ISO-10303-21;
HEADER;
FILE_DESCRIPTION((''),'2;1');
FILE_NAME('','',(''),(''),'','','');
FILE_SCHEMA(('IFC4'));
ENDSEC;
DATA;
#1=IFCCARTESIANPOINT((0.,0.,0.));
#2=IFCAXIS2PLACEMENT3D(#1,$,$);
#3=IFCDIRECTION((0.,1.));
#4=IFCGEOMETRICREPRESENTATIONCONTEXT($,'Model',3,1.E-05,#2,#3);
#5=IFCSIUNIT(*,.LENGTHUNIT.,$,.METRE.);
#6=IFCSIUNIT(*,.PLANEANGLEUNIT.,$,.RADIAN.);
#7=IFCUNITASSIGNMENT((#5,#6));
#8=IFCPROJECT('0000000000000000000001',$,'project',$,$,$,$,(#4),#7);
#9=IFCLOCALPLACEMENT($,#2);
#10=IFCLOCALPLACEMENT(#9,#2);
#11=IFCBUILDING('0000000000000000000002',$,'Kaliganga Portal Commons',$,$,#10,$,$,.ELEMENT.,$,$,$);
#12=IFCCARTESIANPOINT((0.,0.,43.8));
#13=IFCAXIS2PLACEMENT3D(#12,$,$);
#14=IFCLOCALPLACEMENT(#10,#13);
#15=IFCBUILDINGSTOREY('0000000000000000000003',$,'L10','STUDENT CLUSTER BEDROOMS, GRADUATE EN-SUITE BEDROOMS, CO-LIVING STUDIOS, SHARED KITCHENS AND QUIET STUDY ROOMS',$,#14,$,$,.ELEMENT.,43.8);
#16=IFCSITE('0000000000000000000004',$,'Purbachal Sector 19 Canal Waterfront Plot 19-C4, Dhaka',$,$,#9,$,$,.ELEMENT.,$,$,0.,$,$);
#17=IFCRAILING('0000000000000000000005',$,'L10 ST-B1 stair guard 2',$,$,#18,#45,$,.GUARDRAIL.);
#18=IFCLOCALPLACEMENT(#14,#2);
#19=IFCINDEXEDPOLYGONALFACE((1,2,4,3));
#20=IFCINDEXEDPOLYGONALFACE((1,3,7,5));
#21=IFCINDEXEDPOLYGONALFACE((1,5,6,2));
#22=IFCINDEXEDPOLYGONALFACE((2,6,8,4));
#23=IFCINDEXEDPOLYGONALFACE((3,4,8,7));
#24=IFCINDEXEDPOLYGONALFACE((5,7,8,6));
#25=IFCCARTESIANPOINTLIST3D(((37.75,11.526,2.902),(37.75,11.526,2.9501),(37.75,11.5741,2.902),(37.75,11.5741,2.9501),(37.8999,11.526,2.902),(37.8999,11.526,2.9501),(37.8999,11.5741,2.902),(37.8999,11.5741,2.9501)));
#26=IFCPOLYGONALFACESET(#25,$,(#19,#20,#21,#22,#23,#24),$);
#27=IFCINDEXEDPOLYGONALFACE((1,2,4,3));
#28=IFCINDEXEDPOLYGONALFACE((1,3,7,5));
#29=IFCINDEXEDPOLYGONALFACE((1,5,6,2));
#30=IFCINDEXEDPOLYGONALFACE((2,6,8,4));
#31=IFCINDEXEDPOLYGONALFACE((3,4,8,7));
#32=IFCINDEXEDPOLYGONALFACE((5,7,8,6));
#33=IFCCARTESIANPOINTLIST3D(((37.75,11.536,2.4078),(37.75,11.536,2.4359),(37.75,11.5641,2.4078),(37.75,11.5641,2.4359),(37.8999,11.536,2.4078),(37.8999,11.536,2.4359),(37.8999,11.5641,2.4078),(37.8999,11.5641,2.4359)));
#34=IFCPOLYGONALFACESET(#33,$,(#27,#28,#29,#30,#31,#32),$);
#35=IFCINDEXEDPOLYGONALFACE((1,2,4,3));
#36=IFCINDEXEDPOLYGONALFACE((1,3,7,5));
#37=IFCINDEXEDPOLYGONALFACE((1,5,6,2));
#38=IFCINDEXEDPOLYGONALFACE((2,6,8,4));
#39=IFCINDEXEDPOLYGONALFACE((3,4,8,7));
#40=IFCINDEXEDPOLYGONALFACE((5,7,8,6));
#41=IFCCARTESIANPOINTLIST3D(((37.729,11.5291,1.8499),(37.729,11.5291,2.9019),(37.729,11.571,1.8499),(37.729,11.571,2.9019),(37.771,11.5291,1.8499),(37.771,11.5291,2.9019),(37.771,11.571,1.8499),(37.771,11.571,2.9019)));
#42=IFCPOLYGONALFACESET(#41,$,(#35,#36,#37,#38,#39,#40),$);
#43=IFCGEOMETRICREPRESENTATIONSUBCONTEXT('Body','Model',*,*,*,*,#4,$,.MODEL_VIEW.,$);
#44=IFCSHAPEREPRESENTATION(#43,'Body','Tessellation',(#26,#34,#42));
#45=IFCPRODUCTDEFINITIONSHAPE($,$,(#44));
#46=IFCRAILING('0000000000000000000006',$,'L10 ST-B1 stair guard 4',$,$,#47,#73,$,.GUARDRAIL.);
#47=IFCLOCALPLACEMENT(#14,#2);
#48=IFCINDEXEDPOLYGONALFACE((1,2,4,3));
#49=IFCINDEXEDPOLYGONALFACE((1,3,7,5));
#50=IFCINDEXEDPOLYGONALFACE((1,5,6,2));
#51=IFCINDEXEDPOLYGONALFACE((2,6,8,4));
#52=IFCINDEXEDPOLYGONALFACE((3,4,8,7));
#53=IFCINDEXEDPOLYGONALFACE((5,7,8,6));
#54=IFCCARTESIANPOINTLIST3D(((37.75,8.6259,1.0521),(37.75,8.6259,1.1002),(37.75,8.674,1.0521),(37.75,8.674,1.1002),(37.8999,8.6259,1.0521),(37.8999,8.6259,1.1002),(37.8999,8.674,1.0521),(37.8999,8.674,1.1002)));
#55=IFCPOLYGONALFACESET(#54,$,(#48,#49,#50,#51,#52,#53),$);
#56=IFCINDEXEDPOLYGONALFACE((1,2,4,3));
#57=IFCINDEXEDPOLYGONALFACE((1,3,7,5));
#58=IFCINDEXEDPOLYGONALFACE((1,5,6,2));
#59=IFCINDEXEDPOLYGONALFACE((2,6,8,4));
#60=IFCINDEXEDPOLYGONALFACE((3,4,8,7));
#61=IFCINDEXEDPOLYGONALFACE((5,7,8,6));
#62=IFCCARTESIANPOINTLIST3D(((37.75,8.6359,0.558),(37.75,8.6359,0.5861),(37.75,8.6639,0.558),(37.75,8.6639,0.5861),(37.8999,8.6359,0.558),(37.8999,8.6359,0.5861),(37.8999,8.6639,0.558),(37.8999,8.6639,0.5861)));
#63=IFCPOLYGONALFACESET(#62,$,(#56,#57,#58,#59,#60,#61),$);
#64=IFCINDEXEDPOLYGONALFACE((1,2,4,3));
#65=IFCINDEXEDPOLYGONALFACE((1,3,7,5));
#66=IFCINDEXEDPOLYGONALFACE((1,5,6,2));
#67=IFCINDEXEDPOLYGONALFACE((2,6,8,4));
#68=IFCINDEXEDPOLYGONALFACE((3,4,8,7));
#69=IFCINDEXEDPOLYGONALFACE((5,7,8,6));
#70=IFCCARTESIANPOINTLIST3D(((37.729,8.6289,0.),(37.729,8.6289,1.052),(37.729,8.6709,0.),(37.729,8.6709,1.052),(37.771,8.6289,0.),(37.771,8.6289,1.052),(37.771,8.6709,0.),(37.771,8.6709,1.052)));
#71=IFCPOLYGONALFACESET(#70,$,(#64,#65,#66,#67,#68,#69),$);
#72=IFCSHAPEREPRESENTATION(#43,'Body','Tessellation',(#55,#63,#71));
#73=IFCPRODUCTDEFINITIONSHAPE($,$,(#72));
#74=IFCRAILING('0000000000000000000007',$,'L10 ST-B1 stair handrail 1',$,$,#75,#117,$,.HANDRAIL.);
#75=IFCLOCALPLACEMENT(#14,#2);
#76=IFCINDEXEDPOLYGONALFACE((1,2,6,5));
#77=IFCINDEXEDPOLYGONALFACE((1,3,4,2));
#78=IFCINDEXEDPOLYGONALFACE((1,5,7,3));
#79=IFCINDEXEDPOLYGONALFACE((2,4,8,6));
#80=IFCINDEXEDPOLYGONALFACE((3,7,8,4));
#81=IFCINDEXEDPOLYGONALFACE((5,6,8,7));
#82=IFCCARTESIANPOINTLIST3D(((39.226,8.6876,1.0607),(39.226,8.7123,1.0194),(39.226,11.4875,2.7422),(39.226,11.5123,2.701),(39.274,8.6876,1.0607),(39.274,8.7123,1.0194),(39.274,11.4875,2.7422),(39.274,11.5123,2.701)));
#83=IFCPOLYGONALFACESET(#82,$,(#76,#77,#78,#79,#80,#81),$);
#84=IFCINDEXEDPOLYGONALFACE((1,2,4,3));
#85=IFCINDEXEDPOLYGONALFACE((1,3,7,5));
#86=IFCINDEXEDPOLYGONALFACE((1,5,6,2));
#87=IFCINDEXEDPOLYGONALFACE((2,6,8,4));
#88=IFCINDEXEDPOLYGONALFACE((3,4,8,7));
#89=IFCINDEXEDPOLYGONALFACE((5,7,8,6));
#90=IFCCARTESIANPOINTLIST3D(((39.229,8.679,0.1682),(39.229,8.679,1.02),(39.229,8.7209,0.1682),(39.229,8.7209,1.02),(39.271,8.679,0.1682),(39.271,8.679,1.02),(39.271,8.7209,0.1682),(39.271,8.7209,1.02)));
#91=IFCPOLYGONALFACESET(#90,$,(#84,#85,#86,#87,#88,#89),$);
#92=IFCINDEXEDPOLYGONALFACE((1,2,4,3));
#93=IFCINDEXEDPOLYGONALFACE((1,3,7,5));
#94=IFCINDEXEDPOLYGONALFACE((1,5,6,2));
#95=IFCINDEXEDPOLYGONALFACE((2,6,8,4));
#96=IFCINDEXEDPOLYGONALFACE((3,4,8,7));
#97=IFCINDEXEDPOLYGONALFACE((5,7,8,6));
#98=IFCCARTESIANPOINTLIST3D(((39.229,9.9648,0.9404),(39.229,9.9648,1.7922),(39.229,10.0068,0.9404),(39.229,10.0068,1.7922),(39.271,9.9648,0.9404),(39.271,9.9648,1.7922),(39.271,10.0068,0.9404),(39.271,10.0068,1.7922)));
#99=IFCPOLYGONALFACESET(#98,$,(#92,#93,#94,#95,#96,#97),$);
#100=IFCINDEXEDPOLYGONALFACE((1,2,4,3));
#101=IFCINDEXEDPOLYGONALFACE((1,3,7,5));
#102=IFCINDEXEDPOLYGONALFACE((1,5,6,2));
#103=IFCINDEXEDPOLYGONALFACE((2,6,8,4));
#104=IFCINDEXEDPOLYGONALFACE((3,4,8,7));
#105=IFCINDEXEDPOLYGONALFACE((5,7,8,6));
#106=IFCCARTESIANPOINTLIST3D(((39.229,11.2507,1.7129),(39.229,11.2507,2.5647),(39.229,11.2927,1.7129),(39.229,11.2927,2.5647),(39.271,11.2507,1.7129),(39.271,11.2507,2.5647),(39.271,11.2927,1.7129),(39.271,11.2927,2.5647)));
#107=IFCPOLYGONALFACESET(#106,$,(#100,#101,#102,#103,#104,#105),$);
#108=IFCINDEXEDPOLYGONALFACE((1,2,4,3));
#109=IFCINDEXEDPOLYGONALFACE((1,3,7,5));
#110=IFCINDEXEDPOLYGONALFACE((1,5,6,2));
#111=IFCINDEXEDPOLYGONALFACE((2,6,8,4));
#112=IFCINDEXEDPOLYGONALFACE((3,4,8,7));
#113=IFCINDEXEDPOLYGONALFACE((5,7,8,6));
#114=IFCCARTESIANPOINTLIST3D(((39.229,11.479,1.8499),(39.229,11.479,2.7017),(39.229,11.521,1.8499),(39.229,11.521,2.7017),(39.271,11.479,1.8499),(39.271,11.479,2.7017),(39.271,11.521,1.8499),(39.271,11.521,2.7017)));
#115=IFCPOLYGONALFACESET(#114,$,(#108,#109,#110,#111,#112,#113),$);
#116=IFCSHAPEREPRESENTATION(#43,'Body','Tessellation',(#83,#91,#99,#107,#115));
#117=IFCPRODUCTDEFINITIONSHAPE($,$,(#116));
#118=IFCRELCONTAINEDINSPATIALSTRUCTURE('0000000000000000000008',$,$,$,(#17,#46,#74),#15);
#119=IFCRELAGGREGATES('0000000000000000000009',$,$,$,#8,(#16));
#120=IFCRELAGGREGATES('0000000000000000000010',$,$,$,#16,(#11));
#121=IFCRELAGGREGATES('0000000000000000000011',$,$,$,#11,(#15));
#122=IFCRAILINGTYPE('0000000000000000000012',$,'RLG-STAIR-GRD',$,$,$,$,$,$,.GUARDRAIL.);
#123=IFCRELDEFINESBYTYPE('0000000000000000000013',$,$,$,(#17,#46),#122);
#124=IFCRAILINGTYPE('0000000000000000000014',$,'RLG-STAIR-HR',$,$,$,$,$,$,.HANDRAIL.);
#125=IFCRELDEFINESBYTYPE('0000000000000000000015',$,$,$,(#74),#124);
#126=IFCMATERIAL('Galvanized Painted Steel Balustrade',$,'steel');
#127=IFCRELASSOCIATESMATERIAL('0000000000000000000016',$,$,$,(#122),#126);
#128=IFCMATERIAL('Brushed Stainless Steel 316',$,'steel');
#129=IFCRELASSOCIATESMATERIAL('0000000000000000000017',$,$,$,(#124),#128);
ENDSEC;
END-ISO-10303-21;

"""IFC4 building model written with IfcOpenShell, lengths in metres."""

from ifc_helpers import new_model, si_unit, direction, frame, origin, origin_2d, place, context, subcontext, project, spatial, rectangle, extrude, material, type_object, element, save


model = new_model("IFC4")

# Units and contexts
model_context = context("Model", 3, precision=1e-05, world=origin(), true_north=direction((0.0, 1.0)))
body_context = subcontext(model_context, "Body", "Model", "MODEL_VIEW")
ifc_project = project(units=[si_unit("LENGTHUNIT", "METRE"), si_unit("PLANEANGLEUNIT", "RADIAN")], contexts=[model_context])

# Site, building, storey
site_placement = place(None, origin())
site = spatial("IfcSite", under=ifc_project, at=site_placement, Name="Purbachal Sector 19 Canal Waterfront Plot 19-C4, Dhaka", CompositionType="ELEMENT", RefElevation=0.0)
building_placement = place(site_placement, origin())
building = spatial("IfcBuilding", under=site, at=building_placement, Name="Kaliganga Portal Commons", CompositionType="ELEMENT")
storey_placement = place(building_placement, frame((0.0, 0.0, 43.8)))
storey = spatial("IfcBuildingStorey", under=building, at=storey_placement, Name="L10", Description="STUDENT CLUSTER BEDROOMS, GRADUATE EN-SUITE BEDROOMS, CO-LIVING STUDIOS, SHARED KITCHENS AND QUIET STUDY ROOMS", CompositionType="ELEMENT", Elevation=43.8)

# Railings
ifc_material_1 = material(Name="Galvanized Painted Steel Balustrade", Category="steel")
railing_type_1 = type_object("IfcRailingType", Name="RLG-STAIR-GRD", PredefinedType="GUARDRAIL", material=ifc_material_1)
for number, where, name in (
    (1, (37.8999, 11.55, 1.8499), "L10 ST-B1 stair guard 2"),
    (2, (37.8999, 8.6499, 0.0), "L10 ST-B1 stair guard 4"),
):
    element("IfcRailing", number, at=place(storey_placement, frame(where)), inside=storey, type_object=railing_type_1, Name=name, PredefinedType="GUARDRAIL", context=body_context, shape_type="SweptSolid", body=[
        extrude(rectangle(XDim=0.0481, YDim=0.0481, at=origin_2d()), frame((0.0, 0.0, 1.0762), z_axis=(-1.0, 0.0, 0.0), x_axis=(0.0, -1.0, 0.0)), (0.0, 0.0, 1.0), 0.1499),
        extrude(rectangle(XDim=0.0281, YDim=0.0281, at=origin_2d()), frame((0.0, 0.0, 0.572), z_axis=(-1.0, 0.0, 0.0), x_axis=(0.0, -1.0, 0.0)), (0.0, 0.0, 1.0), 0.1499),
        extrude(rectangle(XDim=0.042, YDim=0.042, at=origin_2d()), frame((-0.1499, 0.0, 0.0)), (0.0, 0.0, 1.0), 1.052),
    ])
ifc_material_2 = material(Name="Brushed Stainless Steel 316", Category="steel")
railing_type_2 = type_object("IfcRailingType", Name="RLG-STAIR-HR", PredefinedType="HANDRAIL", material=ifc_material_2)
railing_1_placement = place(storey_placement, frame((39.25, 8.7, 0.1682)))
element("IfcRailing", 3, at=railing_1_placement, inside=storey, type_object=railing_type_2, Name="L10 ST-B1 stair handrail 1", PredefinedType="HANDRAIL", context=body_context, shape_type="SweptSolid", body=[
    extrude(rectangle(XDim=0.0481, YDim=0.0481, at=origin_2d()), frame((0.0, 0.0, 0.8718), z_axis=(0.0, 0.857275, 0.514858), x_axis=(-1.0, 0.0, 0.0)), (0.0, 0.0, 1.0), 3.2661),
    extrude(rectangle(XDim=0.042, YDim=0.042, at=origin_2d()), origin(), (0.0, 0.0, 1.0), 0.8518),
    extrude(rectangle(XDim=0.042, YDim=0.042, at=origin_2d()), frame((0.0, 1.2859, 0.7722)), (0.0, 0.0, 1.0), 0.8518),
    extrude(rectangle(XDim=0.042, YDim=0.042, at=origin_2d()), frame((0.0, 2.5718, 1.5447)), (0.0, 0.0, 1.0), 0.8518),
    extrude(rectangle(XDim=0.042, YDim=0.042, at=origin_2d()), frame((0.0, 2.8, 1.6816)), (0.0, 0.0, 1.0), 0.8518),
])

save(model, "model.ifc")
